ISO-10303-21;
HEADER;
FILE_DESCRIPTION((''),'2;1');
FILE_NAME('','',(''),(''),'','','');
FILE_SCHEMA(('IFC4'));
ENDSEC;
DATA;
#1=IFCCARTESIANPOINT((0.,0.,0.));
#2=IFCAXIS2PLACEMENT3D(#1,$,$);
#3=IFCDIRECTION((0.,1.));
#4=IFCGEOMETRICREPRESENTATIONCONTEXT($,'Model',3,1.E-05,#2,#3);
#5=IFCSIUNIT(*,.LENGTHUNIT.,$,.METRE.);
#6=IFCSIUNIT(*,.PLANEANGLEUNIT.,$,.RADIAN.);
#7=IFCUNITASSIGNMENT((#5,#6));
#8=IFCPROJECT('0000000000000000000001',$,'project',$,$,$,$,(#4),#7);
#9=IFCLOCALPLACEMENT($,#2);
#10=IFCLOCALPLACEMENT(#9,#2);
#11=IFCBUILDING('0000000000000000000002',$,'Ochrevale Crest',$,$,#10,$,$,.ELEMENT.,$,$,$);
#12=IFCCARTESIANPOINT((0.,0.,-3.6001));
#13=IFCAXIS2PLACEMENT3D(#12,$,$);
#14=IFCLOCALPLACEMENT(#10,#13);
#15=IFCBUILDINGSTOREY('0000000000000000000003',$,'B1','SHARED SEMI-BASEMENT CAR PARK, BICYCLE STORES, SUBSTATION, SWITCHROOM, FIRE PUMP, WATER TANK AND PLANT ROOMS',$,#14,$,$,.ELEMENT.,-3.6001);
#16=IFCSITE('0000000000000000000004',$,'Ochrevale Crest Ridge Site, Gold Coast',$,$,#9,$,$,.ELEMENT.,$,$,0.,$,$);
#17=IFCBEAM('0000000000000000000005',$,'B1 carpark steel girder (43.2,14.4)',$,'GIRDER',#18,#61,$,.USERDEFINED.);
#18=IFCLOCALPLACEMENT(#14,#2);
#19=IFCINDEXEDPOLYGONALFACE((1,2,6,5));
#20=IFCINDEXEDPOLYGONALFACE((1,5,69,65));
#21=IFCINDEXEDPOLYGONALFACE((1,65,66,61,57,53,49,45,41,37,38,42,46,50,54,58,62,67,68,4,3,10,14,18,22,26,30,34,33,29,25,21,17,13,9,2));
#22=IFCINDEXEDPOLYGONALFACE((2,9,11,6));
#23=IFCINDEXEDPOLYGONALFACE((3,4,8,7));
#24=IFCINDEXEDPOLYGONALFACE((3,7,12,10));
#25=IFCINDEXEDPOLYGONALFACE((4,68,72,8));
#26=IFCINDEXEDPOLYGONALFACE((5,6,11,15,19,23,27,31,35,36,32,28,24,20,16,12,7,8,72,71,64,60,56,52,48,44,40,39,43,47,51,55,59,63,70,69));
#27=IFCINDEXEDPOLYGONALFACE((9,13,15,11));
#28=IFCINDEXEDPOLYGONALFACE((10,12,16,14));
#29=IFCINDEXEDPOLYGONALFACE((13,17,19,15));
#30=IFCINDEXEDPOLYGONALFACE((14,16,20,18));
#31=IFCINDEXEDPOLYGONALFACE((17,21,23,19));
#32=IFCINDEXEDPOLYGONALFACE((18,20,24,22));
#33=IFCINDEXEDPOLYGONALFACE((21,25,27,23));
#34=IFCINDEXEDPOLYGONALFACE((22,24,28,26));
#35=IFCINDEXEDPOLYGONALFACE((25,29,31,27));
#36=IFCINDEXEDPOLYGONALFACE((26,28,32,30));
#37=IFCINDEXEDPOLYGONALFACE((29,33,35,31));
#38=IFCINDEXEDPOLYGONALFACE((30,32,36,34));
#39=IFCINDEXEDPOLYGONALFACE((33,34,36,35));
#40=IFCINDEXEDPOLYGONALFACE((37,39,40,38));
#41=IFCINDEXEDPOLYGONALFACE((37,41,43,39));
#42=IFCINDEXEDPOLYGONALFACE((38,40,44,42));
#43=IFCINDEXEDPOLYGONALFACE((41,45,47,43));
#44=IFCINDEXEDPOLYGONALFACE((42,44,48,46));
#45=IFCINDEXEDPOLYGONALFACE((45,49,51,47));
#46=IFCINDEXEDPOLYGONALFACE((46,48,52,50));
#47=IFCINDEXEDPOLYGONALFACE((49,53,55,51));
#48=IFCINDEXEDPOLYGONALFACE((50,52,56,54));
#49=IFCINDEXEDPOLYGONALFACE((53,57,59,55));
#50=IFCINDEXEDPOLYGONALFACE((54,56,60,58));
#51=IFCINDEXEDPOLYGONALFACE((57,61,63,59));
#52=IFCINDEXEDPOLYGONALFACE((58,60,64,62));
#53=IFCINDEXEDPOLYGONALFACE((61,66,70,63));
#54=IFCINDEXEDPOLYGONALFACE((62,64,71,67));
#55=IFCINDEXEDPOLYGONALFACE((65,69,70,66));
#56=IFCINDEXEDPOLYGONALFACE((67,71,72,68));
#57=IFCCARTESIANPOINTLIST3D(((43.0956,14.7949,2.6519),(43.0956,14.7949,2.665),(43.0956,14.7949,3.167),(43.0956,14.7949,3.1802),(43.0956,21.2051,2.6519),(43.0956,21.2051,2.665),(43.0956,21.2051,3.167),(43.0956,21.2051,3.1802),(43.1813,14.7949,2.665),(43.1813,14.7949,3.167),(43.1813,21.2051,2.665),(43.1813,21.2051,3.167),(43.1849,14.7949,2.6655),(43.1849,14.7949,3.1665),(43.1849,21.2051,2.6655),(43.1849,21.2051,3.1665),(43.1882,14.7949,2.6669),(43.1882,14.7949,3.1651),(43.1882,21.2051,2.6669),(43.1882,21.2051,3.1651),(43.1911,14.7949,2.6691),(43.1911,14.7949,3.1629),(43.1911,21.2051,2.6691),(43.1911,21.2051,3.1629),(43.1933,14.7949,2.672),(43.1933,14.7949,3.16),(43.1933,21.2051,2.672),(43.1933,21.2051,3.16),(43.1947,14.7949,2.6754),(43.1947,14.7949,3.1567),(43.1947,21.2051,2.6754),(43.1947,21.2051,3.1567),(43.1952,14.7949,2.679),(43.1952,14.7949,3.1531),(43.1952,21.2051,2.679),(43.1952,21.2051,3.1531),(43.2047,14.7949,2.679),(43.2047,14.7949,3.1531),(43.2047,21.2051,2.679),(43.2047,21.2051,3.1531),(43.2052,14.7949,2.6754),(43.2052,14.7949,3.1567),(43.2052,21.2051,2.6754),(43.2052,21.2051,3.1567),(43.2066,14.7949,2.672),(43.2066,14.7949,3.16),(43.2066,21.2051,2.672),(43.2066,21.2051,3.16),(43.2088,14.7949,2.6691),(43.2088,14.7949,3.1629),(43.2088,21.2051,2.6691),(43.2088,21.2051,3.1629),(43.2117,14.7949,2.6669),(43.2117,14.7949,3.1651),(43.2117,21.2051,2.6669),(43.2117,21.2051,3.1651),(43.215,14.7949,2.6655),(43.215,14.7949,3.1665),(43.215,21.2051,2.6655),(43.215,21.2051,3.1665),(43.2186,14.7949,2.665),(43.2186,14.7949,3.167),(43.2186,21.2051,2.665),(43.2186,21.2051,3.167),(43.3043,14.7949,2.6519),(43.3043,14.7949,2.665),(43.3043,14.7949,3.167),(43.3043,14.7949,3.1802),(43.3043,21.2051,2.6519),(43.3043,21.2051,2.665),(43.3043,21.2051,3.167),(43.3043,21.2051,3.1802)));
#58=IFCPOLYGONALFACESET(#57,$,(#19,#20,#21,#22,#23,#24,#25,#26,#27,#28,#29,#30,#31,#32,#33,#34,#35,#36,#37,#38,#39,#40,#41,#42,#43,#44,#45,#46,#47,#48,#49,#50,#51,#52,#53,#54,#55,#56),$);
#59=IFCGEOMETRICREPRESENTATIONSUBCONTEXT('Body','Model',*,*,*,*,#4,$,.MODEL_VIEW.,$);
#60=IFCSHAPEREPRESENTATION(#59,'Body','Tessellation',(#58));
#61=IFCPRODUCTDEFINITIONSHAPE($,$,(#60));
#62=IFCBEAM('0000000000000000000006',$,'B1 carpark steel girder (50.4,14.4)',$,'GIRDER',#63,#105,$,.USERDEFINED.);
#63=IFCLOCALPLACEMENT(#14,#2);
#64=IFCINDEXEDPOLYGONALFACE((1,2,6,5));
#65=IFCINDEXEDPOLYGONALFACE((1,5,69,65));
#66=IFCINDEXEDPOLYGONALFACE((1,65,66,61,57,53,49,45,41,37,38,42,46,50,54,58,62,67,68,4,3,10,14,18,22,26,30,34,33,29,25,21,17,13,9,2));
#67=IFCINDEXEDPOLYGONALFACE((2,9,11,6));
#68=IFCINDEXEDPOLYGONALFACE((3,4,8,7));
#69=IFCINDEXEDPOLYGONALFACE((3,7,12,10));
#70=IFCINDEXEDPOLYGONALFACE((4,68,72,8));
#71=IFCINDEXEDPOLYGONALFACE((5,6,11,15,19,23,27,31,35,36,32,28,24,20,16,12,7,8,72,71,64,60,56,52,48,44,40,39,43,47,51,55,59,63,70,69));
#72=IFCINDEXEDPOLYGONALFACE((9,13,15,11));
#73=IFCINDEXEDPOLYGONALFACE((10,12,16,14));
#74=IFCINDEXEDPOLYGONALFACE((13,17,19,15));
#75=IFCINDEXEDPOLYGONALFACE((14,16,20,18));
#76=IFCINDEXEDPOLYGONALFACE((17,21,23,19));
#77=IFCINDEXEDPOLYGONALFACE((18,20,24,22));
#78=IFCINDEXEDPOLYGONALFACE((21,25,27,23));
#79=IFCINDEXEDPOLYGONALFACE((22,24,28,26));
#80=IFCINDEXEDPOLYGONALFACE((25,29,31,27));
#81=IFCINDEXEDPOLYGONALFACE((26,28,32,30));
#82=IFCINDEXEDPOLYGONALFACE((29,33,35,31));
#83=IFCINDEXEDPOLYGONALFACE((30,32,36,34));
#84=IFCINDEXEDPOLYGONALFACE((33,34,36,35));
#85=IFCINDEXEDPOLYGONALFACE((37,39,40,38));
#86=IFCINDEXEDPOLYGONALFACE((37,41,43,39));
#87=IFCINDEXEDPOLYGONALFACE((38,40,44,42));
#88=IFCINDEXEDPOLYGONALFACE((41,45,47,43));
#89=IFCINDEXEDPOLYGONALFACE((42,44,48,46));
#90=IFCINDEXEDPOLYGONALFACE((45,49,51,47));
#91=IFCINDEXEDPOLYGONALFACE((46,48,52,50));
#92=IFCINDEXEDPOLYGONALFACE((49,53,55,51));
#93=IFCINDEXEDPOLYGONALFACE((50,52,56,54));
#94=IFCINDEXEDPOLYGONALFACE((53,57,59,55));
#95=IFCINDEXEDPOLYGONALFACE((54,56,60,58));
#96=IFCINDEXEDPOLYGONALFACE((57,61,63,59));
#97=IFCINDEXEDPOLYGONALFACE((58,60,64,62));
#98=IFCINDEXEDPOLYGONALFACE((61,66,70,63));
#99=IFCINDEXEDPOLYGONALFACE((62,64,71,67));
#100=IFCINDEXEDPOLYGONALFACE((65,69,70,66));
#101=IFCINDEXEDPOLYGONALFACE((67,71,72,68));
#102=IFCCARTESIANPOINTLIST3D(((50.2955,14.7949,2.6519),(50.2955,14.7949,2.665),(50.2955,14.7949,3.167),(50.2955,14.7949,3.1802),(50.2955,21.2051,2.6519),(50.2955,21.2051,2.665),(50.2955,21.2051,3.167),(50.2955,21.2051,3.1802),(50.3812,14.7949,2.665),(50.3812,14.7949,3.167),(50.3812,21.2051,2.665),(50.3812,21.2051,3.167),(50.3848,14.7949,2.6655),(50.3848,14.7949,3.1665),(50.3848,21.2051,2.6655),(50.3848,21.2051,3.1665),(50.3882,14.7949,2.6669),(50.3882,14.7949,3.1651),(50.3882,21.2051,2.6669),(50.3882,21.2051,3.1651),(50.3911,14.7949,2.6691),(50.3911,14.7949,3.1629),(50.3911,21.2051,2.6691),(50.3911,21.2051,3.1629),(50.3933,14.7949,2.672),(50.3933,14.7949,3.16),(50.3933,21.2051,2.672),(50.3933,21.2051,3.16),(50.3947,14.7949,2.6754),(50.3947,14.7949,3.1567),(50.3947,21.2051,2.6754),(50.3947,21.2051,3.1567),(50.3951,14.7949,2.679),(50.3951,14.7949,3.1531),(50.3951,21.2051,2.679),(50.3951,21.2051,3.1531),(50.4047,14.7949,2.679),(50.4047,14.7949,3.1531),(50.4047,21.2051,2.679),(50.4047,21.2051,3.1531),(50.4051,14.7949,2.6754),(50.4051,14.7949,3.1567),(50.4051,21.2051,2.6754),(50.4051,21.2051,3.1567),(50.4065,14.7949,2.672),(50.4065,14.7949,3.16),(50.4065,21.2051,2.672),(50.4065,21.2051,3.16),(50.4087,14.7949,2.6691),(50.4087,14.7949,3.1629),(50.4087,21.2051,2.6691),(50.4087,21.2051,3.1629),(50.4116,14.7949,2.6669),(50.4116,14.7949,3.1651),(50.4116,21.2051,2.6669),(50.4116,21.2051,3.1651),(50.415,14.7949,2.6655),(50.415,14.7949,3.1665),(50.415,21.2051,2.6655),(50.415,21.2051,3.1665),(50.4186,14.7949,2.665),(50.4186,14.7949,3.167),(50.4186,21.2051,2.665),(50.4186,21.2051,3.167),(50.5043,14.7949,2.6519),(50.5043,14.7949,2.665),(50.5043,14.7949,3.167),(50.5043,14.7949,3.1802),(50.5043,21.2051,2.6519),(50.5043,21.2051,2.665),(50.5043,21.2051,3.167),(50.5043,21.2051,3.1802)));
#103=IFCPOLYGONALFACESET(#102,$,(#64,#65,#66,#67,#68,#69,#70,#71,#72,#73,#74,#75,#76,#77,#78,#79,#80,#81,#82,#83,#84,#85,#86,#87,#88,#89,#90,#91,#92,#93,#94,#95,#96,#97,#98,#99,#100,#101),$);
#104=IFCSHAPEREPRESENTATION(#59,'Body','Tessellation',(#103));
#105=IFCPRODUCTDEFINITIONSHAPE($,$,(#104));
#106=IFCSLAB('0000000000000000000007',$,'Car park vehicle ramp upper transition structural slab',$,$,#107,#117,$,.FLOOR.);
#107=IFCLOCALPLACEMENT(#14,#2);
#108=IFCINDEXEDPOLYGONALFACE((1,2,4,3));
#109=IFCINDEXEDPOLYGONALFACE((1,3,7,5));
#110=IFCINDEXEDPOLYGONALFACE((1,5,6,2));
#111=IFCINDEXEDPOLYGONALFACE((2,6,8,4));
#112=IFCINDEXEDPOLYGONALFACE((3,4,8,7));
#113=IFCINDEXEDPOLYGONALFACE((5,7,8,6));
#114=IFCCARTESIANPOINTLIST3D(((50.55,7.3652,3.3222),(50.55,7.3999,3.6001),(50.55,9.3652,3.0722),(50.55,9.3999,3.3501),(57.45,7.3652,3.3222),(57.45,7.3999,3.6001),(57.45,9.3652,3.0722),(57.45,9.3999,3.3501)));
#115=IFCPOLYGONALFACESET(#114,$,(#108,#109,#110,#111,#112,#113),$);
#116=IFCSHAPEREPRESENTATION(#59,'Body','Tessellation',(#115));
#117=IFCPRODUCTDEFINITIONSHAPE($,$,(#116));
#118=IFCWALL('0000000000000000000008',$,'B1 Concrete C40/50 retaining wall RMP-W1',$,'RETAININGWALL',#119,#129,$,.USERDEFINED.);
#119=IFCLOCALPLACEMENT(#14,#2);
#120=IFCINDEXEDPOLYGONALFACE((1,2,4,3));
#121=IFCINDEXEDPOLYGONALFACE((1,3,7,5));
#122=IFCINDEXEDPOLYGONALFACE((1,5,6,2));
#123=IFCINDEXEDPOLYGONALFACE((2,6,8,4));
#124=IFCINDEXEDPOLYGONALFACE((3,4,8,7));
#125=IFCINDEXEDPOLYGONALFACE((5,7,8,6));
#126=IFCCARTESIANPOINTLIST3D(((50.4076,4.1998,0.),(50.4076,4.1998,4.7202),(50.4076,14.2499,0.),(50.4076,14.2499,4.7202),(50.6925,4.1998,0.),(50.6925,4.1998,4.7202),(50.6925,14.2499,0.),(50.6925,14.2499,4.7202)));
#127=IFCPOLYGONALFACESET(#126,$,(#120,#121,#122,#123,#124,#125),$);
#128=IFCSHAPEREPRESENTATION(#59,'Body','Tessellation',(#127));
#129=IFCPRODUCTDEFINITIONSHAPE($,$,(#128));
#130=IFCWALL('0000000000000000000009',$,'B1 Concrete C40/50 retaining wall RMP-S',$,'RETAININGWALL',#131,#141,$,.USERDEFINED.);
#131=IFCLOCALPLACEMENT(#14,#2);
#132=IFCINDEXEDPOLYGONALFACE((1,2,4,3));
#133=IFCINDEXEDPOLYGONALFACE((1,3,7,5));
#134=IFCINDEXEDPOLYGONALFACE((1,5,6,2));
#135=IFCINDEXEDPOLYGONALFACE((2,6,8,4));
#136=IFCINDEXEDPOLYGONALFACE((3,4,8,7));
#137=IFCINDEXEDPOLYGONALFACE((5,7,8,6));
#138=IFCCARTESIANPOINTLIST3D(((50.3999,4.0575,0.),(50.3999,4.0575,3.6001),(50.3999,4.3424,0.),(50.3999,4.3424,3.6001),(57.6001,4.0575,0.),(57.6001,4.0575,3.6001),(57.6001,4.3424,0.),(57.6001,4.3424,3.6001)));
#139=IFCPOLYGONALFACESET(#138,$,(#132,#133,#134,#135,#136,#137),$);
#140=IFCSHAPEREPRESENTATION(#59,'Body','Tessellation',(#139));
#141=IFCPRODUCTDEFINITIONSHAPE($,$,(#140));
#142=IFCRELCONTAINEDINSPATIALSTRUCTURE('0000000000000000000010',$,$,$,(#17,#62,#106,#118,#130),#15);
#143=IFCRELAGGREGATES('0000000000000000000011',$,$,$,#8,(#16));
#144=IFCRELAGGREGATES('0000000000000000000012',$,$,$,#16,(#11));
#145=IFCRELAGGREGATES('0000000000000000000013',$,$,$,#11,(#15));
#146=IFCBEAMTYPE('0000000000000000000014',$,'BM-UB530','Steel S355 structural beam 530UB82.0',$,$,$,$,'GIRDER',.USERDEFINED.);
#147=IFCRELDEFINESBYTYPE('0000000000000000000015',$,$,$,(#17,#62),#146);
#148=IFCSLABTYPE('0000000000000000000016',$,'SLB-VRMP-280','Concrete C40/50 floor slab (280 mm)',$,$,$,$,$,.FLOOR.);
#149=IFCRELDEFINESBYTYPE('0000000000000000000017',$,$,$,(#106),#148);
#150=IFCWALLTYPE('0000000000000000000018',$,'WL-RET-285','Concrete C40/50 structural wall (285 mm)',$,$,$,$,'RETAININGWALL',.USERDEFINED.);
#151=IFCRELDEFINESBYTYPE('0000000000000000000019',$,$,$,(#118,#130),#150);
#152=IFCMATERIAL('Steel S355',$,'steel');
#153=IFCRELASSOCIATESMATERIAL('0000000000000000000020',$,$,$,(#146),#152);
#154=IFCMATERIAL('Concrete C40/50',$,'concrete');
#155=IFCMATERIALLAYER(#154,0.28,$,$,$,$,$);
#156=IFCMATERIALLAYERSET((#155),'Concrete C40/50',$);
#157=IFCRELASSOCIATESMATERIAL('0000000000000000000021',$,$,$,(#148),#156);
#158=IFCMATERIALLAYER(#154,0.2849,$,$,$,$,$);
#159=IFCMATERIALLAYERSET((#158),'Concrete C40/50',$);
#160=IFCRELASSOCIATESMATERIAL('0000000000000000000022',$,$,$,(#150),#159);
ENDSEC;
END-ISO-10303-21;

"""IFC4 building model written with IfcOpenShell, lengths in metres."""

from ifc_helpers import new_model, si_unit, direction, frame, frame_2d, origin, origin_2d, place, context, subcontext, project, spatial, polyline, rectangle, i_section, outline, extrude, material, layer, layer_set, material_profile, profile_set, type_object, element, save


model = new_model("IFC4")

# Units and contexts
model_context = context("Model", 3, precision=1e-05, world=origin(), true_north=direction((0.0, 1.0)))
body_context = subcontext(model_context, "Body", "Model", "MODEL_VIEW")
ifc_project = project(units=[si_unit("LENGTHUNIT", "METRE"), si_unit("PLANEANGLEUNIT", "RADIAN")], contexts=[model_context])

# Site, building, storey
site_placement = place(None, origin())
site = spatial("IfcSite", under=ifc_project, at=site_placement, Name="Ochrevale Crest Ridge Site, Gold Coast", CompositionType="ELEMENT", RefElevation=0.0)
building_placement = place(site_placement, origin())
building = spatial("IfcBuilding", under=site, at=building_placement, Name="Ochrevale Crest", CompositionType="ELEMENT")
storey_placement = place(building_placement, frame((0.0, 0.0, -3.6001)))
storey = spatial("IfcBuildingStorey", under=building, at=storey_placement, Name="B1", Description="SHARED SEMI-BASEMENT CAR PARK, BICYCLE STORES, SUBSTATION, SWITCHROOM, FIRE PUMP, WATER TANK AND PLANT ROOMS", CompositionType="ELEMENT", Elevation=-3.6001)

# Shared definitions
ifc_material_1 = material(Name="Concrete C40/50", Category="concrete")

# Beams
ifc_material_2 = material(Name="Steel S355", Category="steel")
ifc_material_profile_1 = material_profile(ifc_material_2, i_section(OverallWidth=0.2087, OverallDepth=0.5283, WebThickness=0.0095, FlangeThickness=0.0132, FilletRadius=0.0139, at=origin_2d()), Name="530UB82.0")
ifc_profile_set_1 = profile_set([ifc_material_profile_1], Name="Steel S355")
beam_type = type_object("IfcBeamType", Name="BM-UB530", Description="Steel S355 structural beam 530UB82.0", ElementType="GIRDER", PredefinedType="USERDEFINED", material=ifc_profile_set_1)
for number, where, z_axis, x_axis, name in (
    (1, (43.2, 14.7949, 2.916), (0.0, 1.0, 0.0), (-1.0, 0.0, 0.0), "B1 carpark steel girder (43.2,14.4)"),
    (2, (50.3999, 14.7949, 2.916), (0.0, 1.0, 0.0), (-1.0, 0.0, 0.0), "B1 carpark steel girder (50.4,14.4)"),
):
    element("IfcBeam", number, at=place(storey_placement, frame(where, z_axis=z_axis, x_axis=x_axis)), inside=storey, type_object=beam_type, Name=name, ObjectType="GIRDER", PredefinedType="USERDEFINED", context=body_context, shape_type="SweptSolid", body=[
        extrude(i_section(OverallWidth=0.2087, OverallDepth=0.5283, WebThickness=0.0095, FlangeThickness=0.0132, FilletRadius=0.0139, at=origin_2d()), origin(), (0.0, 0.0, 1.0), 6.4102),
    ])

# Slab
ifc_layer_1 = layer(ifc_material_1, 0.28)
ifc_layer_set_1 = layer_set([ifc_layer_1], Name="Concrete C40/50")
slab_type = type_object("IfcSlabType", Name="SLB-VRMP-280", Description="Concrete C40/50 floor slab (280 mm)", PredefinedType="FLOOR", material=ifc_layer_set_1)
slab_placement = place(storey_placement, frame((50.55, 7.3999, 3.6001), z_axis=(0.0, 0.124035, 0.992278), x_axis=(1.0, 0.0, 0.0)))
element("IfcSlab", 3, at=slab_placement, inside=storey, type_object=slab_type, Name="Car park vehicle ramp upper transition structural slab", PredefinedType="FLOOR", context=body_context, shape_type="SweptSolid", body=[
    extrude(outline(polyline([(0.0, 0.0), (6.8999, 0.0), (6.8999, 2.0156), (0.0, 2.0156), (0.0, 0.0)])), origin(), (0.0, 0.0, -1.0), 0.28),
])

# Walls
ifc_layer_2 = layer(ifc_material_1, 0.2849)
ifc_layer_set_2 = layer_set([ifc_layer_2], Name="Concrete C40/50")
wall_type = type_object("IfcWallType", Name="WL-RET-285", Description="Concrete C40/50 structural wall (285 mm)", ElementType="RETAININGWALL", PredefinedType="USERDEFINED", material=ifc_layer_set_2)
wall_1_placement = place(storey_placement, frame((50.55, 4.2, 0.0), z_axis=(0.0, 0.0, 1.0), x_axis=(0.0, 1.0, 0.0)))
element("IfcWall", 4, at=wall_1_placement, inside=storey, type_object=wall_type, Name="B1 Concrete C40/50 retaining wall RMP-W1", ObjectType="RETAININGWALL", PredefinedType="USERDEFINED", context=body_context, shape_type="SweptSolid", body=[
    extrude(rectangle(XDim=10.05, YDim=0.2849, at=frame_2d((5.0249, 0.0))), origin(), (0.0, 0.0, 1.0), 4.7202),
])
wall_2_placement = place(storey_placement, frame((50.3999, 4.2, 0.0), z_axis=(0.0, 0.0, 1.0), x_axis=(1.0, 0.0, 0.0)))
element("IfcWall", 5, at=wall_2_placement, inside=storey, type_object=wall_type, Name="B1 Concrete C40/50 retaining wall RMP-S", ObjectType="RETAININGWALL", PredefinedType="USERDEFINED", context=body_context, shape_type="SweptSolid", body=[
    extrude(rectangle(XDim=7.2002, YDim=0.2849, at=frame_2d((3.6001, 0.0))), origin(), (0.0, 0.0, 1.0), 3.6001),
])

save(model, "model.ifc")
